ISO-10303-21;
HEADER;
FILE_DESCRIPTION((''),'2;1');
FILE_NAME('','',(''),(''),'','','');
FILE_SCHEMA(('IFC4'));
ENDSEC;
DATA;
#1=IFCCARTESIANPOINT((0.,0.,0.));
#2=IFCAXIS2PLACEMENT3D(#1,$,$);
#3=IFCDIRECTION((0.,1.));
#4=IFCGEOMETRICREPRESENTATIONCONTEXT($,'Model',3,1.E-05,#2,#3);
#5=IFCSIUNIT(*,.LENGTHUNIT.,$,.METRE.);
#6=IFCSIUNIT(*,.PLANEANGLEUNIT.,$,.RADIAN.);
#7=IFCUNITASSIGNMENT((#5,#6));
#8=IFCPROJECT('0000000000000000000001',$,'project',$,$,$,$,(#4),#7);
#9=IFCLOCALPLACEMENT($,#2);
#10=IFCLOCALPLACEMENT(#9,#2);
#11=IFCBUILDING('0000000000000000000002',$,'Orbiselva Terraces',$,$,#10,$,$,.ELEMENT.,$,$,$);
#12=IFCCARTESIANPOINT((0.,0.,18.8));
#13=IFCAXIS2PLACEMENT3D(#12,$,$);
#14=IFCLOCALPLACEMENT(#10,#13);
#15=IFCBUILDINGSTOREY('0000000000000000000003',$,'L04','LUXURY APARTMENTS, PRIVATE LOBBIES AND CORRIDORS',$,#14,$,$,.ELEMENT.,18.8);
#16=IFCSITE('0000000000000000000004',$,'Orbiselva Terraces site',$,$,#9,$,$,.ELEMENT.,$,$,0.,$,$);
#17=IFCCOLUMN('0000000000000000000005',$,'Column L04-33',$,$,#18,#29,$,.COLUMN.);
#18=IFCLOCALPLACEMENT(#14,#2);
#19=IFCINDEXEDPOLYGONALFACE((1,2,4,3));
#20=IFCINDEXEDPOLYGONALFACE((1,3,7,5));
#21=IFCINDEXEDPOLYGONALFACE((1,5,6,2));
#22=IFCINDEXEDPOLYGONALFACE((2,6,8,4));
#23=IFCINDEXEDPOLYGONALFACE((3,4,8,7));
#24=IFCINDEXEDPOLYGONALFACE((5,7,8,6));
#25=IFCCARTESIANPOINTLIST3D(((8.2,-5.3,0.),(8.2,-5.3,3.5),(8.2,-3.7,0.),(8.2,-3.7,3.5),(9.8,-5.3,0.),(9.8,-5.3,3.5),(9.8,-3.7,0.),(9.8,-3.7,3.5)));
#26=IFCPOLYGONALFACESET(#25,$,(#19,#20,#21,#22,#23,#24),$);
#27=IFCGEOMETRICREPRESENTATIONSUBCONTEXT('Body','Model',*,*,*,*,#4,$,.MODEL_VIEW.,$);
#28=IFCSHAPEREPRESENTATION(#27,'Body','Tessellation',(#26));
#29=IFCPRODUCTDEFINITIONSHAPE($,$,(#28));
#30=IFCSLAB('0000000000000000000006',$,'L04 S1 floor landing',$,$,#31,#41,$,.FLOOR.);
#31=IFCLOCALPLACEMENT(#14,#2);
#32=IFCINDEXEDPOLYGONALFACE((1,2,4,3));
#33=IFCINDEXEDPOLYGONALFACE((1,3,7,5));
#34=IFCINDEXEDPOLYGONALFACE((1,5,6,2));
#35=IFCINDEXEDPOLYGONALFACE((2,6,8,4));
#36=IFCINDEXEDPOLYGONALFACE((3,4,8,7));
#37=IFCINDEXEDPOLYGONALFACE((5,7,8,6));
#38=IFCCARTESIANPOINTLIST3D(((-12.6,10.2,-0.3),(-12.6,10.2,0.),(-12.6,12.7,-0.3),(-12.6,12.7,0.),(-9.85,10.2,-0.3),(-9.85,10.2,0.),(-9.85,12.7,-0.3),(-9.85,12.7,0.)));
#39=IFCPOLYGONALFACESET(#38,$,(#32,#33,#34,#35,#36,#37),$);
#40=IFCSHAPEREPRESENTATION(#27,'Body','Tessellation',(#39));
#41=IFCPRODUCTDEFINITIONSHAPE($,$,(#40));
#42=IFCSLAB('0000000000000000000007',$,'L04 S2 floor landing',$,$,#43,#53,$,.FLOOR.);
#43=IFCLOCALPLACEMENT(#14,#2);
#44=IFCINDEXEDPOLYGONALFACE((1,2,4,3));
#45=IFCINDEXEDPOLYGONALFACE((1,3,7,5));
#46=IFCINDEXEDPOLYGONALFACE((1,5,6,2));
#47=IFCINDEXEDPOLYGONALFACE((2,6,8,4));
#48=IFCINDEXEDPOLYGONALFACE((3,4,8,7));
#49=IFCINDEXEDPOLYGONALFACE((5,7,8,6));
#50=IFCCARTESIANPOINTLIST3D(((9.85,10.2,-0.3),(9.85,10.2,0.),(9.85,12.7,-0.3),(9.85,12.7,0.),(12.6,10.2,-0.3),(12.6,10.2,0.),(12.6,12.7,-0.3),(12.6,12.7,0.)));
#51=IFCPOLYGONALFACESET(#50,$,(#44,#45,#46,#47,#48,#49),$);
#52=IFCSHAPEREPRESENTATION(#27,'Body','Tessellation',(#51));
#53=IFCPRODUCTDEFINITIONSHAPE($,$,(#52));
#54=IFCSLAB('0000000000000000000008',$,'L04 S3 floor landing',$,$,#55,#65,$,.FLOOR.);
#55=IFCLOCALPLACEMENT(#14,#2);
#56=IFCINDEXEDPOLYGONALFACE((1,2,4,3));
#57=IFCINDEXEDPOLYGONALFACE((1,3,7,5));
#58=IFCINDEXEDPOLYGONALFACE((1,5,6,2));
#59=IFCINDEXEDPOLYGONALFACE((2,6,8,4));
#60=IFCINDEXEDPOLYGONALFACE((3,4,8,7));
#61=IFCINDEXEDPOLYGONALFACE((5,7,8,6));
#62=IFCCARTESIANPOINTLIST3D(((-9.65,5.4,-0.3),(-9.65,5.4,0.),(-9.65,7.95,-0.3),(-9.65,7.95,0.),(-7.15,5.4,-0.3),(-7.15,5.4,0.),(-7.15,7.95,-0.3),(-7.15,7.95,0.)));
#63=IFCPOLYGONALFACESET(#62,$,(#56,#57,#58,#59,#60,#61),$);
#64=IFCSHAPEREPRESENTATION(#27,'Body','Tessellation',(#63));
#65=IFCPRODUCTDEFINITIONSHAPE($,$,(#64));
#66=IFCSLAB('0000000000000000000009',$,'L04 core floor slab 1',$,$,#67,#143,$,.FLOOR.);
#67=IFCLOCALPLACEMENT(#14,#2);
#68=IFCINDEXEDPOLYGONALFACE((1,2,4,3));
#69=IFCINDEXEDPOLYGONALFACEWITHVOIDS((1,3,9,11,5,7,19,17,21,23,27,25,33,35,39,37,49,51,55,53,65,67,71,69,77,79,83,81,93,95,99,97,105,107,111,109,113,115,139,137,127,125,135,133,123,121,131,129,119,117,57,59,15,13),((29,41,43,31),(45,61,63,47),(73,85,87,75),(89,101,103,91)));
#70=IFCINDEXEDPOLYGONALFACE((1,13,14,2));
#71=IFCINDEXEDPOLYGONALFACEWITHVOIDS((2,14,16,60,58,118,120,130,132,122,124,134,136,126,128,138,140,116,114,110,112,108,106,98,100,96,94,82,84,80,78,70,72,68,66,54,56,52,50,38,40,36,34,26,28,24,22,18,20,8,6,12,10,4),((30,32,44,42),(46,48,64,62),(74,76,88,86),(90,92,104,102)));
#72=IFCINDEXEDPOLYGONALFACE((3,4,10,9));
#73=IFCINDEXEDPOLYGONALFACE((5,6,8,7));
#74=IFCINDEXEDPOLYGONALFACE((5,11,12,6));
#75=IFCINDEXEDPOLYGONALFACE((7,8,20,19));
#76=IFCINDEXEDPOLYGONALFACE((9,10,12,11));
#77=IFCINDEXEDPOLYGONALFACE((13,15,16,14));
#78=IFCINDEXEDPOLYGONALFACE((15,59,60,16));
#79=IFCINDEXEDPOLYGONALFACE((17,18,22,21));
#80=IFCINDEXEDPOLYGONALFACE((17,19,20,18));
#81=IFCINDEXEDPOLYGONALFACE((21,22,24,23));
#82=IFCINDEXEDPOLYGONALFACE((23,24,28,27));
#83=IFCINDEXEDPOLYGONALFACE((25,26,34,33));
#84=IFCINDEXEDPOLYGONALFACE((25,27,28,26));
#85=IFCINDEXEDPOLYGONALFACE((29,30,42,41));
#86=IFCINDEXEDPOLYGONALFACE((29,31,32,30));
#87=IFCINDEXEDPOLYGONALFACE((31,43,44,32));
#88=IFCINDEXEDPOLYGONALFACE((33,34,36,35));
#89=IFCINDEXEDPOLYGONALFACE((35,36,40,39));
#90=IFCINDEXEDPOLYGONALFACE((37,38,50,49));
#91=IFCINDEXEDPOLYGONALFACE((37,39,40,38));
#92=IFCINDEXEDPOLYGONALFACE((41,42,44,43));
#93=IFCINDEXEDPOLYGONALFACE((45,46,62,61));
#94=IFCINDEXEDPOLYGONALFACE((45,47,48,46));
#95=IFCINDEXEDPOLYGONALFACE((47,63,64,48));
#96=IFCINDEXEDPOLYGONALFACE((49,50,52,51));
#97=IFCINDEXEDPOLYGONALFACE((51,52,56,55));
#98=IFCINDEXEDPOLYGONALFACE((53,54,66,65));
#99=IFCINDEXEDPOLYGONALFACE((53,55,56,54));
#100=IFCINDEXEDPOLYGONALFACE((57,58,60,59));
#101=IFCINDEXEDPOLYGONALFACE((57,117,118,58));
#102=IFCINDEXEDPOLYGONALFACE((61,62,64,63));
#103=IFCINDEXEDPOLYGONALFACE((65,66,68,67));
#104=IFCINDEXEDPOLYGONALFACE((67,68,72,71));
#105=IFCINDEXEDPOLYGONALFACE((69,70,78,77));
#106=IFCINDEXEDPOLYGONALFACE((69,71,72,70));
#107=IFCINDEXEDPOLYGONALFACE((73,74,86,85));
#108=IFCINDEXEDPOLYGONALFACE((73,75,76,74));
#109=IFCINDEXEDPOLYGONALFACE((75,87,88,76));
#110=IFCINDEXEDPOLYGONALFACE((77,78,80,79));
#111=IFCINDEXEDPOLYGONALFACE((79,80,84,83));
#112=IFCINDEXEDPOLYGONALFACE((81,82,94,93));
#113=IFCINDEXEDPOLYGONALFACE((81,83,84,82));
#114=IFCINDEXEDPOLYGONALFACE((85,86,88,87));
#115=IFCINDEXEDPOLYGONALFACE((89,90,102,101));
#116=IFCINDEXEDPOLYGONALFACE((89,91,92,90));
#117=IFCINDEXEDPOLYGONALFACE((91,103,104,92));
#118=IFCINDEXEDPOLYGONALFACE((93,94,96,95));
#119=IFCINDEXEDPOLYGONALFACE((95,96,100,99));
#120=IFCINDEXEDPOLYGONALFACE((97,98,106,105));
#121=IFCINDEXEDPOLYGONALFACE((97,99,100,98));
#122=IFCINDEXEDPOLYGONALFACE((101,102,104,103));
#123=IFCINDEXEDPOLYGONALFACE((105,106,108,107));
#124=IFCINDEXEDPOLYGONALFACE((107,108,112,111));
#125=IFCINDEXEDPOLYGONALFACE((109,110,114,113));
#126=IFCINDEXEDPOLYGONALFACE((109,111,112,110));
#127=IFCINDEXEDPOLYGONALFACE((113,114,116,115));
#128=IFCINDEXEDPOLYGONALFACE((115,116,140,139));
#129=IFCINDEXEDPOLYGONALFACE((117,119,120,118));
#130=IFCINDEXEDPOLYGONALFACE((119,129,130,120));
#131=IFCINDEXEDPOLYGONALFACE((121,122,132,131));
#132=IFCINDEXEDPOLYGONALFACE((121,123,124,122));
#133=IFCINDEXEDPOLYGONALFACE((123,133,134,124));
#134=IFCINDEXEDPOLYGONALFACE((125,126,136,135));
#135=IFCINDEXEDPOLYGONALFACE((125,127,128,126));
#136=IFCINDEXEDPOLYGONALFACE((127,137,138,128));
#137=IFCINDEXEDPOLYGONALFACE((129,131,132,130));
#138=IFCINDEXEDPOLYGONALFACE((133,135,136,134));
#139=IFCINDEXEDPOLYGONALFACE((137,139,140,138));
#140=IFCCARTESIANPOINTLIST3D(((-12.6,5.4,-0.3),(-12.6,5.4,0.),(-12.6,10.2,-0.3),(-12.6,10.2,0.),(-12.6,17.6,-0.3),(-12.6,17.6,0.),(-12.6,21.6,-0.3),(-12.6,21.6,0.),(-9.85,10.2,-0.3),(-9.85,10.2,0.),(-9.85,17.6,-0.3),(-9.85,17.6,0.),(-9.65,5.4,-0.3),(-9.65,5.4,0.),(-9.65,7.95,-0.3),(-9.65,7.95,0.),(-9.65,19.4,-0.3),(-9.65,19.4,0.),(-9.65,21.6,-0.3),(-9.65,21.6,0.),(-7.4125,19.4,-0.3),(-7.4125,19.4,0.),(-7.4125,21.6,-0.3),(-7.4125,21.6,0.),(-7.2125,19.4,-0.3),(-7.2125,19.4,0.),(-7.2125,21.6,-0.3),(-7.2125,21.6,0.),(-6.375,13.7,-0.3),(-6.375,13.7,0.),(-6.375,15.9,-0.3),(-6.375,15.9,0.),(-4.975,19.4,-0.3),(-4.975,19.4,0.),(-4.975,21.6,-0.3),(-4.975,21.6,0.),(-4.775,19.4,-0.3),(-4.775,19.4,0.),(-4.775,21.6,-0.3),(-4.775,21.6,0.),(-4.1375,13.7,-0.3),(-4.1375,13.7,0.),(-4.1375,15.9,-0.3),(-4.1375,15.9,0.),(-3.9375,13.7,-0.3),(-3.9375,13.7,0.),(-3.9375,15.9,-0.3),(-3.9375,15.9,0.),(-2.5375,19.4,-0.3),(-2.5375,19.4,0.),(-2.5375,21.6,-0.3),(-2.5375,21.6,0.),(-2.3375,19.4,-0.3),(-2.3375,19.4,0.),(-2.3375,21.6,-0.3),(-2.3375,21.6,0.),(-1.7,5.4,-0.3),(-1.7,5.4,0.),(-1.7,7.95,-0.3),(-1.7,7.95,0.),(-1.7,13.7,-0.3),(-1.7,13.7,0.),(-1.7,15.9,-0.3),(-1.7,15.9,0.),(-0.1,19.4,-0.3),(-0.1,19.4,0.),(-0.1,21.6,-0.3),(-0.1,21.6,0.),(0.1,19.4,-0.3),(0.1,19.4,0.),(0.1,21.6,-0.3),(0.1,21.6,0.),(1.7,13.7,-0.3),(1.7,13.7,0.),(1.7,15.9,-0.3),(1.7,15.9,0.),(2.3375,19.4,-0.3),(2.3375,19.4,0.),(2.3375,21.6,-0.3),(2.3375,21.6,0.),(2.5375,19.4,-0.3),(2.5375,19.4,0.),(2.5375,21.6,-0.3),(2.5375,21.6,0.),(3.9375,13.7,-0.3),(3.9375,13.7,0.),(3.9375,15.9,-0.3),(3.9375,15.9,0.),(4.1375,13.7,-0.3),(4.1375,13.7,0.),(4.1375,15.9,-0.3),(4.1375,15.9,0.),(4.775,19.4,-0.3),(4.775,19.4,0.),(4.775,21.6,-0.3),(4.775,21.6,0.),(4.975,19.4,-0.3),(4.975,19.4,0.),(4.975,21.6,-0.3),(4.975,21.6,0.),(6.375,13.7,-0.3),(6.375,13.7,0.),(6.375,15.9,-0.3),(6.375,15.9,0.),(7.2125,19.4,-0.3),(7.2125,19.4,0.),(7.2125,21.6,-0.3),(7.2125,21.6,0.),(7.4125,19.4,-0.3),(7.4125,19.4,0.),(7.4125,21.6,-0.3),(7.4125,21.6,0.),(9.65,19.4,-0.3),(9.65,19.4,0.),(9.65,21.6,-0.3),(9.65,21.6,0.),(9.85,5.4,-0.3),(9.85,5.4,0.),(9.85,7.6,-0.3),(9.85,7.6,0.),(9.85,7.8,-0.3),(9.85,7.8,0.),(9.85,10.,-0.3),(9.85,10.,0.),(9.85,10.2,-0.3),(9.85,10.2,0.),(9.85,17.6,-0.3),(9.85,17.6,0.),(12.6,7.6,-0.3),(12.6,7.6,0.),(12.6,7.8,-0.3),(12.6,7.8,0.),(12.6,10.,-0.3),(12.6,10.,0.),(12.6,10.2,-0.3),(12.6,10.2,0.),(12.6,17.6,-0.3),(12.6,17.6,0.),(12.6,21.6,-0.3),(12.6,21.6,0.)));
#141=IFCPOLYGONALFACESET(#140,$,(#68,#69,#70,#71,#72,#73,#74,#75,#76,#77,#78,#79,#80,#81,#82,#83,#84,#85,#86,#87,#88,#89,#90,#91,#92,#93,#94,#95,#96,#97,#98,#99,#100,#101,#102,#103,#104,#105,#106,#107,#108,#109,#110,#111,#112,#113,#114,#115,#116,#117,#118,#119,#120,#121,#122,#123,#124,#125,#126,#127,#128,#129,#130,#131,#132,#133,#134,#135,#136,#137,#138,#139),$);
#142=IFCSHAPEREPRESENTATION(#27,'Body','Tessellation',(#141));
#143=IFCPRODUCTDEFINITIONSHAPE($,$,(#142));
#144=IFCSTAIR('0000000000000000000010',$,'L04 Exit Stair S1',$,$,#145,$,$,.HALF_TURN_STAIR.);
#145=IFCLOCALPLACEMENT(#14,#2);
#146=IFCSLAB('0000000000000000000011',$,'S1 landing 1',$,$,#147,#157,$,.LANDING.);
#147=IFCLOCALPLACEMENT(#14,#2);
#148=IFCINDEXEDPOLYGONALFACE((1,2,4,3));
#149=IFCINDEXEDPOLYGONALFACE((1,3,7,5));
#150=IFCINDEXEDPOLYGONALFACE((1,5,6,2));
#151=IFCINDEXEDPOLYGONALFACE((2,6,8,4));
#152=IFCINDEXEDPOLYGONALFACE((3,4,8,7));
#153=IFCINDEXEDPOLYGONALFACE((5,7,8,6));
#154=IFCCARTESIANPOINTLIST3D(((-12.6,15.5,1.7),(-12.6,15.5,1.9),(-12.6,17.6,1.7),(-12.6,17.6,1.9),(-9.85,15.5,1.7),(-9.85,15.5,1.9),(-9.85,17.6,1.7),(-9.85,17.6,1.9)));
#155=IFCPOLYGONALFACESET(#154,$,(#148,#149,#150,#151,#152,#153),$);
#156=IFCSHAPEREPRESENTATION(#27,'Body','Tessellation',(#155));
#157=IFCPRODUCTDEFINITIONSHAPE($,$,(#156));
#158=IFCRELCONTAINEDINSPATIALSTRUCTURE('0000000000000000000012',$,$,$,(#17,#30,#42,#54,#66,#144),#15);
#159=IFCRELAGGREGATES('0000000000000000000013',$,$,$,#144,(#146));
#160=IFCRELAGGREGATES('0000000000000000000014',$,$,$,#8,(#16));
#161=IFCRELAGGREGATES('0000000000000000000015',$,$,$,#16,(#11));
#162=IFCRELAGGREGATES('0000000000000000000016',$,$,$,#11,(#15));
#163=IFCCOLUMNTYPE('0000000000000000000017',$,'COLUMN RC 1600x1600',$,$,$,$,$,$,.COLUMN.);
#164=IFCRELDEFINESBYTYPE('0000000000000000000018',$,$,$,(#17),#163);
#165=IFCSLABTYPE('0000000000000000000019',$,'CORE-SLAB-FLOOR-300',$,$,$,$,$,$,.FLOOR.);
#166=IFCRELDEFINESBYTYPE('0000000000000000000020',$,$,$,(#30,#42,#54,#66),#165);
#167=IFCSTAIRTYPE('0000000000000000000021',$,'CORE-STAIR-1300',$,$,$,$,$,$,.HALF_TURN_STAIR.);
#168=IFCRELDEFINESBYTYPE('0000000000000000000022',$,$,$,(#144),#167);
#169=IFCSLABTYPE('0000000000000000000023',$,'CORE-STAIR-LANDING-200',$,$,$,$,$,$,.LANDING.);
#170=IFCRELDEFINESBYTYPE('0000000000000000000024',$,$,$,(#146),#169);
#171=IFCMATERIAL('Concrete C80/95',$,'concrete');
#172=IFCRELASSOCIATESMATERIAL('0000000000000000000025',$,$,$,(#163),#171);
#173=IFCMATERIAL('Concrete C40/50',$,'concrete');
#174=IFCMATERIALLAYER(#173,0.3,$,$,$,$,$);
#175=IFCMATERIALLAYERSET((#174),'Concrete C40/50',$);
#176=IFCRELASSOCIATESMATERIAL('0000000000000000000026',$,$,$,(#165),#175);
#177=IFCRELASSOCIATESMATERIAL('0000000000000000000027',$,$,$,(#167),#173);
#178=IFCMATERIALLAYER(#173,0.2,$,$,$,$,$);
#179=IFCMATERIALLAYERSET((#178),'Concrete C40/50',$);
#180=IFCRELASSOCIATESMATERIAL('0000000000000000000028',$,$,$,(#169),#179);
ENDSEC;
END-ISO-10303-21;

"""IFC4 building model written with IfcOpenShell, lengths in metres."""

from ifc_helpers import new_model, si_unit, direction, frame, origin, origin_2d, place, context, subcontext, project, spatial, polyline, rectangle, outline, extrude, material, layer, layer_set, material_profile, profile_set, type_object, element, aggregate, save


model = new_model("IFC4")

# Units and contexts
model_context = context("Model", 3, precision=1e-05, world=origin(), true_north=direction((0.0, 1.0)))
body_context = subcontext(model_context, "Body", "Model", "MODEL_VIEW")
ifc_project = project(units=[si_unit("LENGTHUNIT", "METRE"), si_unit("PLANEANGLEUNIT", "RADIAN")], contexts=[model_context])

# Site, building, storey
site_placement = place(None, origin())
site = spatial("IfcSite", under=ifc_project, at=site_placement, Name="Orbiselva Terraces site", CompositionType="ELEMENT", RefElevation=0.0)
building_placement = place(site_placement, origin())
building = spatial("IfcBuilding", under=site, at=building_placement, Name="Orbiselva Terraces", CompositionType="ELEMENT")
storey_placement = place(building_placement, frame((0.0, 0.0, 18.8)))
storey = spatial("IfcBuildingStorey", under=building, at=storey_placement, Name="L04", Description="LUXURY APARTMENTS, PRIVATE LOBBIES AND CORRIDORS", CompositionType="ELEMENT", Elevation=18.8)

# Column
ifc_material_1 = material(Name="Concrete C80/95", Category="concrete")
ifc_material_profile = material_profile(ifc_material_1, rectangle(XDim=1.6, YDim=1.6, at=origin_2d()), Name="RC 1600x1600")
ifc_profile_set = profile_set([ifc_material_profile], Name="Concrete C80/95")
column_type = type_object("IfcColumnType", Name="COLUMN RC 1600x1600", PredefinedType="COLUMN", material=ifc_profile_set)
column_placement = place(storey_placement, frame((9.0, -4.5, 0.0), z_axis=(0.0, 0.0, 1.0), x_axis=(1.0, 0.0, 0.0)))
element("IfcColumn", 1, at=column_placement, inside=storey, type_object=column_type, Name="Column L04-33", PredefinedType="COLUMN", context=body_context, shape_type="SweptSolid", body=[
    extrude(rectangle(XDim=1.6, YDim=1.6, at=origin_2d()), origin(), (0.0, 0.0, 1.0), 3.5),
])

# Slabs
ifc_material_2 = material(Name="Concrete C40/50", Category="concrete")
ifc_layer_1 = layer(ifc_material_2, 0.3)
ifc_layer_set_1 = layer_set([ifc_layer_1], Name="Concrete C40/50")
slab_type_1 = type_object("IfcSlabType", Name="CORE-SLAB-FLOOR-300", PredefinedType="FLOOR", material=ifc_layer_set_1)
slab_1_placement = place(storey_placement, frame((0.0, 0.0, -0.3)))
element("IfcSlab", 2, at=slab_1_placement, inside=storey, type_object=slab_type_1, Name="L04 S1 floor landing", PredefinedType="FLOOR", context=body_context, shape_type="SweptSolid", body=[
    extrude(outline(polyline([(-12.6, 12.7), (-9.85, 12.7), (-9.85, 10.2), (-12.6, 10.2), (-12.6, 12.7)])), origin(), (0.0, 0.0, 1.0), 0.3),
])
slab_2_placement = place(storey_placement, frame((0.0, 0.0, -0.3)))
element("IfcSlab", 3, at=slab_2_placement, inside=storey, type_object=slab_type_1, Name="L04 S2 floor landing", PredefinedType="FLOOR", context=body_context, shape_type="SweptSolid", body=[
    extrude(outline(polyline([(12.6, 12.7), (12.6, 10.2), (9.85, 10.2), (9.85, 12.7), (12.6, 12.7)])), origin(), (0.0, 0.0, 1.0), 0.3),
])
slab_3_placement = place(storey_placement, frame((0.0, 0.0, -0.3)))
element("IfcSlab", 4, at=slab_3_placement, inside=storey, type_object=slab_type_1, Name="L04 S3 floor landing", PredefinedType="FLOOR", context=body_context, shape_type="SweptSolid", body=[
    extrude(outline(polyline([(-7.15, 5.4), (-9.65, 5.4), (-9.65, 7.95), (-7.15, 7.95), (-7.15, 5.4)])), origin(), (0.0, 0.0, 1.0), 0.3),
])
slab_4_placement = place(storey_placement, frame((0.0, 0.0, -0.3)))
element("IfcSlab", 5, at=slab_4_placement, inside=storey, type_object=slab_type_1, Name="L04 core floor slab 1", PredefinedType="FLOOR", context=body_context, shape_type="SweptSolid", body=[
    extrude(outline(polyline([(-1.7, 5.4), (-1.7, 7.95), (-9.65, 7.95), (-9.65, 5.4), (-12.6, 5.4), (-12.6, 10.2), (-9.85, 10.2), (-9.85, 17.6), (-12.6, 17.6), (-12.6, 21.6), (-9.65, 21.6), (-9.65, 19.4), (-7.4125, 19.4), (-7.4125, 21.6), (-7.2125, 21.6), (-7.2125, 19.4), (-4.975, 19.4), (-4.975, 21.6), (-4.775, 21.6), (-4.775, 19.4), (-2.5375, 19.4), (-2.5375, 21.6), (-2.3375, 21.6), (-2.3375, 19.4), (-0.1, 19.4), (-0.1, 21.6), (0.1, 21.6), (0.1, 19.4), (2.3375, 19.4), (2.3375, 21.6), (2.5375, 21.6), (2.5375, 19.4), (4.775, 19.4), (4.775, 21.6), (4.975, 21.6), (4.975, 19.4), (7.2125, 19.4), (7.2125, 21.6), (7.4125, 21.6), (7.4125, 19.4), (9.65, 19.4), (9.65, 21.6), (12.6, 21.6), (12.6, 17.6), (9.85, 17.6), (9.85, 10.2), (12.6, 10.2), (12.6, 10.0), (9.85, 10.0), (9.85, 7.8), (12.6, 7.8), (12.6, 7.6), (9.85, 7.6), (9.85, 5.4), (-1.7, 5.4)]), holes=[polyline([(-4.1375, 13.7), (-4.1375, 15.9), (-6.375, 15.9), (-6.375, 13.7), (-4.1375, 13.7)]), polyline([(-1.7, 13.7), (-1.7, 15.9), (-3.9375, 15.9), (-3.9375, 13.7), (-1.7, 13.7)]), polyline([(3.9375, 13.7), (3.9375, 15.9), (1.7, 15.9), (1.7, 13.7), (3.9375, 13.7)]), polyline([(6.375, 13.7), (6.375, 15.9), (4.1375, 15.9), (4.1375, 13.7), (6.375, 13.7)])]), origin(), (0.0, 0.0, 1.0), 0.3),
])

# Stair, slab
stair_type = type_object("IfcStairType", Name="CORE-STAIR-1300", PredefinedType="HALF_TURN_STAIR", material=ifc_material_2)
stair_placement = place(storey_placement, origin())
stair = element("IfcStair", 6, at=stair_placement, inside=storey, type_object=stair_type, Name="L04 Exit Stair S1", PredefinedType="HALF_TURN_STAIR")
ifc_layer_2 = layer(ifc_material_2, 0.2)
ifc_layer_set_2 = layer_set([ifc_layer_2], Name="Concrete C40/50")
slab_type_2 = type_object("IfcSlabType", Name="CORE-STAIR-LANDING-200", PredefinedType="LANDING", material=ifc_layer_set_2)
slab_5_placement = place(storey_placement, frame((0.0, 0.0, 1.7)))
slab_5 = element("IfcSlab", 7, at=slab_5_placement, type_object=slab_type_2, Name="S1 landing 1", PredefinedType="LANDING", context=body_context, shape_type="SweptSolid", body=[
    extrude(outline(polyline([(-9.85, 15.5), (-9.85, 17.6), (-12.6, 17.6), (-12.6, 15.5), (-9.85, 15.5)])), origin(), (0.0, 0.0, 1.0), 0.2),
])
aggregate(stair, [slab_5])

save(model, "model.ifc")
